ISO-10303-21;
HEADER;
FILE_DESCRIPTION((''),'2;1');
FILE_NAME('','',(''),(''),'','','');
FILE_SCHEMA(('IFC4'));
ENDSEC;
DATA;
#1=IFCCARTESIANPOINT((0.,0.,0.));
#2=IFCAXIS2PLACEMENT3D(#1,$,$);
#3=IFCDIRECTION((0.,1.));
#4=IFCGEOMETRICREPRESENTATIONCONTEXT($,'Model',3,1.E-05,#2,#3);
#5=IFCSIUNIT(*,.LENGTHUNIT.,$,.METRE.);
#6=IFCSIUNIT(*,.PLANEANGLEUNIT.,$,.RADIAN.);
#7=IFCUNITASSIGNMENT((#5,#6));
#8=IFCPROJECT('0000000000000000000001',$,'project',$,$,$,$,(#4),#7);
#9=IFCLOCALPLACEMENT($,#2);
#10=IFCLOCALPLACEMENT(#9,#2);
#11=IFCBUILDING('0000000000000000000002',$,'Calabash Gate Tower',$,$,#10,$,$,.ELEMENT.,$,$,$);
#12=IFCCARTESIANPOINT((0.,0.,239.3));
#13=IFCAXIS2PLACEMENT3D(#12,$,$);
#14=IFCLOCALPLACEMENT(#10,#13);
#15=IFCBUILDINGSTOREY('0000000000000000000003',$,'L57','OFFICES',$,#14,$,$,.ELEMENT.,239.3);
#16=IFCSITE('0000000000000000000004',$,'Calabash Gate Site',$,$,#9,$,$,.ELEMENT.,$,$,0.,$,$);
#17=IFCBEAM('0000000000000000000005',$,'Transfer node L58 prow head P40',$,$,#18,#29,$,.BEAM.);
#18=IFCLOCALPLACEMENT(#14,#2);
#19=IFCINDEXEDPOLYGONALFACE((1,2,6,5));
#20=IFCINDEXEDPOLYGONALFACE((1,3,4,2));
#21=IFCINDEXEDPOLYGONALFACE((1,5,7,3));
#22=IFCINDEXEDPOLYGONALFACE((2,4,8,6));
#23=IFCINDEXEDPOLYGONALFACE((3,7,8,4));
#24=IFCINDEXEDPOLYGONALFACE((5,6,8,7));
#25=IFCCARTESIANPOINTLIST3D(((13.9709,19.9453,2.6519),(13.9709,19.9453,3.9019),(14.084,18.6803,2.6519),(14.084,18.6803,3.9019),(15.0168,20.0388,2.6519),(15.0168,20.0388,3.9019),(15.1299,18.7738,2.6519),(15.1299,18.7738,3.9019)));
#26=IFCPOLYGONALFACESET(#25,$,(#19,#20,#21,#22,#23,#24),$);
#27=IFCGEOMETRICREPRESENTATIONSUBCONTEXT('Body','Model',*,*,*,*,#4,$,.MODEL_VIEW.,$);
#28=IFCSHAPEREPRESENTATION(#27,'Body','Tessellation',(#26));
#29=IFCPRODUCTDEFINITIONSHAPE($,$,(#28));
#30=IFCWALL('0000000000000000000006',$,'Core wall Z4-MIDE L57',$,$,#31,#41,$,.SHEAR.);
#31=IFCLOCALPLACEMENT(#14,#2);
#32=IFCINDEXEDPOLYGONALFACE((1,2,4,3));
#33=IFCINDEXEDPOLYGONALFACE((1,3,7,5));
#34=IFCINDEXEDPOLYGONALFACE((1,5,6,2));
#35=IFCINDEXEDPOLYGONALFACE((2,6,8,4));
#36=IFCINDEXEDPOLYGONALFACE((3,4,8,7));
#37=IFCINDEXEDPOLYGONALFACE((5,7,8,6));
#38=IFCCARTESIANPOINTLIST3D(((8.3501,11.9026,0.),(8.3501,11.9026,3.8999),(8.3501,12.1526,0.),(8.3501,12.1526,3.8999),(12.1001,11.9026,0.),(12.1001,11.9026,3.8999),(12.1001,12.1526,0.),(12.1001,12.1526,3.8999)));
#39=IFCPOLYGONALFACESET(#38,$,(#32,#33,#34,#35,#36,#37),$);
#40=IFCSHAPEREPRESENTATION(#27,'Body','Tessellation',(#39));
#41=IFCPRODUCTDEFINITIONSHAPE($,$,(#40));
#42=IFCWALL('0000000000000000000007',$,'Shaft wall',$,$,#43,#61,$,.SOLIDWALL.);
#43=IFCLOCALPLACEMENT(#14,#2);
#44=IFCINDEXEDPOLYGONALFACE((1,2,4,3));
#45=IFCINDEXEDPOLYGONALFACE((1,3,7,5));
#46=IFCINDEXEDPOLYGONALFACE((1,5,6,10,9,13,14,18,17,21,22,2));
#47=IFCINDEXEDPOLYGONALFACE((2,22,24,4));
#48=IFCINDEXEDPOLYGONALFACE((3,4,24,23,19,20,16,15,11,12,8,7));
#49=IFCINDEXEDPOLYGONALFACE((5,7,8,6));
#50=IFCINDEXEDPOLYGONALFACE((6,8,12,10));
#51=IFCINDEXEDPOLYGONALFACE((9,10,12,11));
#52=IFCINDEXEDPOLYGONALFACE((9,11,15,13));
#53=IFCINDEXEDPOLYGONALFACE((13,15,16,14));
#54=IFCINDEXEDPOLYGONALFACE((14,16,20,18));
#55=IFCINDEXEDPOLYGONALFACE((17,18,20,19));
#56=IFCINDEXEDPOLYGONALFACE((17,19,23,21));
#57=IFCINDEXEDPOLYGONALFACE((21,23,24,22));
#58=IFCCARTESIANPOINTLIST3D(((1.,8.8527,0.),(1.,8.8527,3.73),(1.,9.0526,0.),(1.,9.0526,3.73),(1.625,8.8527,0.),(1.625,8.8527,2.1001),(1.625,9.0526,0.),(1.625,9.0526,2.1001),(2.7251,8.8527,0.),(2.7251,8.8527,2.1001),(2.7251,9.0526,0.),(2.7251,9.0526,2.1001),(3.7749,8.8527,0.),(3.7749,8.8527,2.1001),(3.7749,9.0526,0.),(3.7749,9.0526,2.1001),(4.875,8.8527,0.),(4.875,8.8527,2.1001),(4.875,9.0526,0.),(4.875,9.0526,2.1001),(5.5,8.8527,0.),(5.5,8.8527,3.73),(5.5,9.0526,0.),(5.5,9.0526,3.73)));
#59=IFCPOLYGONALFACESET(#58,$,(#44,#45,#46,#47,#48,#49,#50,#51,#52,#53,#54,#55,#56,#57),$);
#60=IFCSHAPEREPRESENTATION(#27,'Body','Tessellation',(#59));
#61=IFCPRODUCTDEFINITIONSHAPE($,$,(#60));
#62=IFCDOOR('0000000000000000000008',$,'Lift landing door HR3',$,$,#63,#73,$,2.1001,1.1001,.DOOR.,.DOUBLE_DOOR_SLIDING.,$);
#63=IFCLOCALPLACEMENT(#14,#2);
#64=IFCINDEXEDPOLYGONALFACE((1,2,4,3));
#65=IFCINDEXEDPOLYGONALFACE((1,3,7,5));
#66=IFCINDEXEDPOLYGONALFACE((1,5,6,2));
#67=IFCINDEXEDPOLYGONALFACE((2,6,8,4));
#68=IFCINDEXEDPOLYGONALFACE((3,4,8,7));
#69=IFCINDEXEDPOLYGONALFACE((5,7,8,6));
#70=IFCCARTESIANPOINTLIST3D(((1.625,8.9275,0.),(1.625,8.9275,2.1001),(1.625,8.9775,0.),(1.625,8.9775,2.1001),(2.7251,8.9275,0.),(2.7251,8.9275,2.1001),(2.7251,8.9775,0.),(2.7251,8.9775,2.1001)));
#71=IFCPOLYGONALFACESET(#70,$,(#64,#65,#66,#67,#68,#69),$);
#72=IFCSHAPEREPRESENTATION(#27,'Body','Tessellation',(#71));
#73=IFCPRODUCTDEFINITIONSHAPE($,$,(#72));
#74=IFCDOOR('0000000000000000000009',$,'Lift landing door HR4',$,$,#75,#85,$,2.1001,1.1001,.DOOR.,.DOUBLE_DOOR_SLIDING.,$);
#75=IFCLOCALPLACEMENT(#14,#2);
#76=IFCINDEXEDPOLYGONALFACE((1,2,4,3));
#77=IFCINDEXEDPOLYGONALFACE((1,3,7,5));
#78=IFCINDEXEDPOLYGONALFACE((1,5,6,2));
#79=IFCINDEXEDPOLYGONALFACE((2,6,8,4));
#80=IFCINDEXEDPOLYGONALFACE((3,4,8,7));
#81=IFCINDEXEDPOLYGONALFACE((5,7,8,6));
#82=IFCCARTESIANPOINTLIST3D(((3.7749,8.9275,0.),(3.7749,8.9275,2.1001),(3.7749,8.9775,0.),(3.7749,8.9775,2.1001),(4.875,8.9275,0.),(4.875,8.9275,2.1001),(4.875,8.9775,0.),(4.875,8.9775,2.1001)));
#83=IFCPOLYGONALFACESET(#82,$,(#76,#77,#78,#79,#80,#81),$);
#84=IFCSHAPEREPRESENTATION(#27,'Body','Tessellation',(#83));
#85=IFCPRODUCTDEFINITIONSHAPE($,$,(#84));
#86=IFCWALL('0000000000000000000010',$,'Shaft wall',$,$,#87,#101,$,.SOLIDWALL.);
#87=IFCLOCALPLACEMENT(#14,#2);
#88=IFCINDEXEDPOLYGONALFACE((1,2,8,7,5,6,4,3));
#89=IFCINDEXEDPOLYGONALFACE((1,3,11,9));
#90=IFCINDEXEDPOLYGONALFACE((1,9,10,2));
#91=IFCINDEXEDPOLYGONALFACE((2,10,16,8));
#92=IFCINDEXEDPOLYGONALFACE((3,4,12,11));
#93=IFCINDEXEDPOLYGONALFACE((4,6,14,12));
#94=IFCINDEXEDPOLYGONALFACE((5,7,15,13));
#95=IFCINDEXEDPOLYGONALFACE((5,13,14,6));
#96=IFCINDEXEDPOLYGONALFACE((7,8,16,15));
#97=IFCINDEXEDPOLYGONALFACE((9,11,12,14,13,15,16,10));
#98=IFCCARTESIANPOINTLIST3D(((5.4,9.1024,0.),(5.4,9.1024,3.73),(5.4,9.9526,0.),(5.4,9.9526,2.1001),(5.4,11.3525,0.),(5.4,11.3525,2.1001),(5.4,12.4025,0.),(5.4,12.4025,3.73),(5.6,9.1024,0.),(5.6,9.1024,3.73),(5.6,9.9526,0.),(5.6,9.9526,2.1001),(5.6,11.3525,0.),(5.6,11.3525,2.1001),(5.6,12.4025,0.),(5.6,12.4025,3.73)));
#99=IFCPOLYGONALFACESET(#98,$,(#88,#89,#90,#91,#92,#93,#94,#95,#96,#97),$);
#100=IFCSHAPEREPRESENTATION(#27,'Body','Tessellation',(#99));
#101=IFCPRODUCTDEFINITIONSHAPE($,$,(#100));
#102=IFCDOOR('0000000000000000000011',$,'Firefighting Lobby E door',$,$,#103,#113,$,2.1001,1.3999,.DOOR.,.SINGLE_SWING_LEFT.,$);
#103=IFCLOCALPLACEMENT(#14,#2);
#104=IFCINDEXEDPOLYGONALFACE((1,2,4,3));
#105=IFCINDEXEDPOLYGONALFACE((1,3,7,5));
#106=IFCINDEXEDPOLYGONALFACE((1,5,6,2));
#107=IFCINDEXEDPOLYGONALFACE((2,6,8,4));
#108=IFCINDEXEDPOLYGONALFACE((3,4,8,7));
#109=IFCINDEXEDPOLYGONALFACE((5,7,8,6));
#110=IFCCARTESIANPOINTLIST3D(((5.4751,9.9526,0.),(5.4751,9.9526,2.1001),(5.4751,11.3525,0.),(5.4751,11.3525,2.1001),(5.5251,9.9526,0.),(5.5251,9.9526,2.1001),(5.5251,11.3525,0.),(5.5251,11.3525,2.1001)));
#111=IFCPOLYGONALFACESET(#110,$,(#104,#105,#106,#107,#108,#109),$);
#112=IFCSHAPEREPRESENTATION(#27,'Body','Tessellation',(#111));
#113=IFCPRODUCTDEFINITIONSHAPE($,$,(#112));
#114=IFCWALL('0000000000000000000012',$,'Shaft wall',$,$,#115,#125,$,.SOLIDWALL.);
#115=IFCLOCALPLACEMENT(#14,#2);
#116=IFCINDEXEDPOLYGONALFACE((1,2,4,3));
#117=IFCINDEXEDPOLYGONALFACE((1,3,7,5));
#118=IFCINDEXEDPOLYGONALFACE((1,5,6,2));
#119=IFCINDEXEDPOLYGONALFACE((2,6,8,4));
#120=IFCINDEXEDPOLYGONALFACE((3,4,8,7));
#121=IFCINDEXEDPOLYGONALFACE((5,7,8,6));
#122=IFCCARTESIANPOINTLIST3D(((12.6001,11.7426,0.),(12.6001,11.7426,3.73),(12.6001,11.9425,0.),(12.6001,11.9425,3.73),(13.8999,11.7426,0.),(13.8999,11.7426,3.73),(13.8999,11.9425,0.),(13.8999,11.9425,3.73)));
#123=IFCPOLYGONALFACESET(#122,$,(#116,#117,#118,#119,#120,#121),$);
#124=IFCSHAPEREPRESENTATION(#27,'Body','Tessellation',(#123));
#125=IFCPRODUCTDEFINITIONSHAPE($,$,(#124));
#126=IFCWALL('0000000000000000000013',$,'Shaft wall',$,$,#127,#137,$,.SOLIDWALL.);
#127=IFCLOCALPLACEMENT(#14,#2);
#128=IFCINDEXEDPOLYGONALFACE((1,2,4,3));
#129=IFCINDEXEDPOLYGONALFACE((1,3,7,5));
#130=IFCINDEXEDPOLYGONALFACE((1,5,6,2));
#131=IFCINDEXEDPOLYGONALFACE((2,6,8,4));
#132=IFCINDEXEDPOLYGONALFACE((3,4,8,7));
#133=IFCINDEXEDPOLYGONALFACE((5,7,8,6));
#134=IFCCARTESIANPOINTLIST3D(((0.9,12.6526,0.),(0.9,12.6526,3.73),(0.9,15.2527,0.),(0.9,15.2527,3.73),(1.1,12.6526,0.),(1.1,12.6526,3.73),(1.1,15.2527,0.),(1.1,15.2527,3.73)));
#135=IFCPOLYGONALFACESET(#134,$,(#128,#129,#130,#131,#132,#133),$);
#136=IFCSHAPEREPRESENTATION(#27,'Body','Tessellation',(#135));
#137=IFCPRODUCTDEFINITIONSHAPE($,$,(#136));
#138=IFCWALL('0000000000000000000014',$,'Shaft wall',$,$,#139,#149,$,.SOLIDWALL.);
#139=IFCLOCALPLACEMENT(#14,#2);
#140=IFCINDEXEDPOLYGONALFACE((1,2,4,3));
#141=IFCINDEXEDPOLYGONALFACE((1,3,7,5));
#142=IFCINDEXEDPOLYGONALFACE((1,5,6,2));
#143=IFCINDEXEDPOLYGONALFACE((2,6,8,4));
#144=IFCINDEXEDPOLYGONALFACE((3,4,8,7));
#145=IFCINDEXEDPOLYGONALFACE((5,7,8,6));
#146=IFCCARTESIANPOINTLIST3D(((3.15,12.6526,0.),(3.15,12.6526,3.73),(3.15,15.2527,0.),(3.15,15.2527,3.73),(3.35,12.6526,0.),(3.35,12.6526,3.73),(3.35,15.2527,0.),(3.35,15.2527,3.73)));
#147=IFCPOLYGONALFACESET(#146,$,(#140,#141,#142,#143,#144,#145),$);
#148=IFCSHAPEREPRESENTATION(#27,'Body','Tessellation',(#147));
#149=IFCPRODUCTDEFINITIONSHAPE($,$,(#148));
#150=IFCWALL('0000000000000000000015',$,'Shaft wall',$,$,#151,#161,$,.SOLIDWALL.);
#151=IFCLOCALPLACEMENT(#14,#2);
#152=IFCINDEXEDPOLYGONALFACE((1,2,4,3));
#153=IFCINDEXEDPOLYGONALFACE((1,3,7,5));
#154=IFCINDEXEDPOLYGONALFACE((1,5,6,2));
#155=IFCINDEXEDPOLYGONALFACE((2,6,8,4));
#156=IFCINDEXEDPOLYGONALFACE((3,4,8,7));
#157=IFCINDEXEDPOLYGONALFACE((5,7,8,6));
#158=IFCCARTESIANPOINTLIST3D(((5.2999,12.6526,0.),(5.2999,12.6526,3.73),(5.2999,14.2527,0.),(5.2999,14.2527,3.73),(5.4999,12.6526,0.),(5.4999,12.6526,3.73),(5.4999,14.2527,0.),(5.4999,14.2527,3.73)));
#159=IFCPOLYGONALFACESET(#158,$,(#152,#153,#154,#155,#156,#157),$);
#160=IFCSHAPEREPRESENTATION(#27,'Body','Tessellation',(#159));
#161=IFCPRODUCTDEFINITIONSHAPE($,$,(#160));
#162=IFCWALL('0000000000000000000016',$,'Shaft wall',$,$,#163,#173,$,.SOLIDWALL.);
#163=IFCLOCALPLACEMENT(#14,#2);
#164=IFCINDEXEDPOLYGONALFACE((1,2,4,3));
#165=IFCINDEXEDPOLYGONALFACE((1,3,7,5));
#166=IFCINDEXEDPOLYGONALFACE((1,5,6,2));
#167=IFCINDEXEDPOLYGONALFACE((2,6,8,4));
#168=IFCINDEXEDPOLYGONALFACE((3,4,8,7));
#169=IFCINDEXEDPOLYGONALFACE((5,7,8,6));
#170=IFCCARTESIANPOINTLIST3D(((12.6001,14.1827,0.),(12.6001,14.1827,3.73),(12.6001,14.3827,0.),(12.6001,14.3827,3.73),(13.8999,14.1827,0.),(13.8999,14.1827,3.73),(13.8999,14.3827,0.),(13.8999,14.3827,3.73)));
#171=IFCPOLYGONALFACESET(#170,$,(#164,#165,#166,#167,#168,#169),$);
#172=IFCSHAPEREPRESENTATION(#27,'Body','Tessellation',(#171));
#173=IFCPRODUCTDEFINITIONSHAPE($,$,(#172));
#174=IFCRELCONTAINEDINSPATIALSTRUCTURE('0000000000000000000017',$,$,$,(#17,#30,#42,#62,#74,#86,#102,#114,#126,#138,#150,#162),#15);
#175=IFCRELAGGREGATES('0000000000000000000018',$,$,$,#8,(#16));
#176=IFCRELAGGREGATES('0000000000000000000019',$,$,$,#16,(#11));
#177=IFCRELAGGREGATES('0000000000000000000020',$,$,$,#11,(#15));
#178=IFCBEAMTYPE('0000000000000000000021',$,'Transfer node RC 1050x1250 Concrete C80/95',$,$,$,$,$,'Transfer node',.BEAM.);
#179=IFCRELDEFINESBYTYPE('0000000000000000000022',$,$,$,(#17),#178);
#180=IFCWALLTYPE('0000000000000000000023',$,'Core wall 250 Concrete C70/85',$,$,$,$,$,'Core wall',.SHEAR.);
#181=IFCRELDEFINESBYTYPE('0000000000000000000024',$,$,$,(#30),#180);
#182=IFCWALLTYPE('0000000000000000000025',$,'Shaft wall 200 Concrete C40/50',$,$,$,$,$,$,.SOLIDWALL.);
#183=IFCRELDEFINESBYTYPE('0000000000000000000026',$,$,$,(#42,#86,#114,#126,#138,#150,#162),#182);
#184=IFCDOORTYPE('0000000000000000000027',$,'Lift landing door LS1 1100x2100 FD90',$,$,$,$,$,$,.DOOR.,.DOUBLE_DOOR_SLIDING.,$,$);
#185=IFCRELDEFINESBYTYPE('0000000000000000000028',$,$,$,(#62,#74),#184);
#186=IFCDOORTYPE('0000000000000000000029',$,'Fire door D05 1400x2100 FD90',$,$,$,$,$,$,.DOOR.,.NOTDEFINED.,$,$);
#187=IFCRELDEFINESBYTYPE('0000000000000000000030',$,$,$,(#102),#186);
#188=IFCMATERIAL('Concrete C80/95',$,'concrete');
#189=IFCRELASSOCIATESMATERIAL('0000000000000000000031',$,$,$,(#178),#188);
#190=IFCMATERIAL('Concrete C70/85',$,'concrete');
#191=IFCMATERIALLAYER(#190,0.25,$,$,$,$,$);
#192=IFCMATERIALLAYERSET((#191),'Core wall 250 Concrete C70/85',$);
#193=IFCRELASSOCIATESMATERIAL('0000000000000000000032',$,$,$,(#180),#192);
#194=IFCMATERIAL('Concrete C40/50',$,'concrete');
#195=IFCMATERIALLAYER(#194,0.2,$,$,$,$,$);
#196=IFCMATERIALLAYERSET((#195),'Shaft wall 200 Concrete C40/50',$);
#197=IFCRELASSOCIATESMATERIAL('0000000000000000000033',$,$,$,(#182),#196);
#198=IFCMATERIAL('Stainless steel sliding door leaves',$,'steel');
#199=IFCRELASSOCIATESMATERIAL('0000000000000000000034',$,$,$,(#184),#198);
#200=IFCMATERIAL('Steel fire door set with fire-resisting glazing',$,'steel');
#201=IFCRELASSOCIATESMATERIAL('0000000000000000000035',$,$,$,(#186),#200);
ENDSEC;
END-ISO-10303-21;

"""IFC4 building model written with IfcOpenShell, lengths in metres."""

from ifc_helpers import new_model, si_unit, direction, frame, frame_2d, origin, origin_2d, place, context, subcontext, project, spatial, rectangle, extrude, material, layer, layer_set, material_profile, profile_set, type_object, element, fill, save


model = new_model("IFC4")

# Units and contexts
model_context = context("Model", 3, precision=1e-05, world=origin(), true_north=direction((0.0, 1.0)))
body_context = subcontext(model_context, "Body", "Model", "MODEL_VIEW")
ifc_project = project(units=[si_unit("LENGTHUNIT", "METRE"), si_unit("PLANEANGLEUNIT", "RADIAN")], contexts=[model_context])

# Site, building, storey
site_placement = place(None, origin())
site = spatial("IfcSite", under=ifc_project, at=site_placement, Name="Calabash Gate Site", CompositionType="ELEMENT", RefElevation=0.0)
building_placement = place(site_placement, origin())
building = spatial("IfcBuilding", under=site, at=building_placement, Name="Calabash Gate Tower", CompositionType="ELEMENT")
storey_placement = place(building_placement, frame((0.0, 0.0, 239.3)))
storey = spatial("IfcBuildingStorey", under=building, at=storey_placement, Name="L57", Description="OFFICES", CompositionType="ELEMENT", Elevation=239.3)

# Beam
ifc_material_1 = material(Name="Concrete C80/95", Category="concrete")
ifc_material_profile = material_profile(ifc_material_1, rectangle(XDim=1.05, YDim=1.25, at=origin_2d()))
ifc_profile_set = profile_set([ifc_material_profile], Name="Concrete C80/95")
beam_type = type_object("IfcBeamType", Name="Transfer node RC 1050x1250 Concrete C80/95", ElementType="Transfer node", PredefinedType="BEAM", material=ifc_profile_set)
beam_placement = place(storey_placement, frame((14.6069, 18.7271, 3.2769), z_axis=(-0.08901, 0.996031, 0.0), x_axis=(-0.996031, -0.08901, 0.0)))
element("IfcBeam", 1, at=beam_placement, inside=storey, type_object=beam_type, Name="Transfer node L58 prow head P40", PredefinedType="BEAM", context=body_context, shape_type="SweptSolid", body=[
    extrude(rectangle(XDim=1.05, YDim=1.25, at=origin_2d()), origin(), (0.0, 0.0, 1.0), 1.27),
])

# Wall
ifc_material_2 = material(Name="Concrete C70/85", Category="concrete")
ifc_layer_1 = layer(ifc_material_2, 0.25)
ifc_layer_set_1 = layer_set([ifc_layer_1], Name="Core wall 250 Concrete C70/85")
wall_type_1 = type_object("IfcWallType", Name="Core wall 250 Concrete C70/85", ElementType="Core wall", PredefinedType="SHEAR", material=ifc_layer_set_1)
wall_1_placement = place(storey_placement, frame((8.3501, 12.0276, 0.0), z_axis=(0.0, 0.0, 1.0), x_axis=(1.0, 0.0, 0.0)))
element("IfcWall", 2, at=wall_1_placement, inside=storey, type_object=wall_type_1, Name="Core wall Z4-MIDE L57", PredefinedType="SHEAR", context=body_context, shape_type="SweptSolid", body=[
    extrude(rectangle(XDim=3.75, YDim=0.25, at=frame_2d((1.875, 0.0))), origin(), (0.0, 0.0, 1.0), 3.8999),
])

# Wall, openings, doors
ifc_material_3 = material(Name="Concrete C40/50", Category="concrete")
ifc_layer_2 = layer(ifc_material_3, 0.2)
ifc_layer_set_2 = layer_set([ifc_layer_2], Name="Shaft wall 200 Concrete C40/50")
wall_type_2 = type_object("IfcWallType", Name="Shaft wall 200 Concrete C40/50", PredefinedType="SOLIDWALL", material=ifc_layer_set_2)
wall_2_placement = place(storey_placement, frame((1.0, 8.9526, 0.0), z_axis=(0.0, 0.0, 1.0), x_axis=(1.0, 0.0, 0.0)))
wall_2 = element("IfcWall", 3, at=wall_2_placement, inside=storey, type_object=wall_type_2, Name="Shaft wall", PredefinedType="SOLIDWALL", context=body_context, shape_type="SweptSolid", body=[
    extrude(rectangle(XDim=4.5, YDim=0.2, at=frame_2d((2.25, 0.0))), origin(), (0.0, 0.0, 1.0), 3.73),
])
opening_1_placement = place(wall_2_placement, frame((0.625, 0.0, 0.0)))
opening_1 = element("IfcOpeningElement", 4, at=opening_1_placement, cuts=wall_2, PredefinedType="OPENING", context=body_context, shape_type="SweptSolid", body=[
    extrude(rectangle(XDim=1.1001, YDim=2.1001, at=frame_2d((0.55, 1.05))), frame((0.0, 0.1099, 0.0), z_axis=(0.0, -1.0, 0.0), x_axis=(1.0, 0.0, 0.0)), (0.0, 0.0, 1.0), 0.22),
])
opening_2_placement = place(wall_2_placement, frame((2.7749, 0.0, 0.0)))
opening_2 = element("IfcOpeningElement", 5, at=opening_2_placement, cuts=wall_2, PredefinedType="OPENING", context=body_context, shape_type="SweptSolid", body=[
    extrude(rectangle(XDim=1.1001, YDim=2.1001, at=frame_2d((0.55, 1.05))), frame((0.0, 0.1099, 0.0), z_axis=(0.0, -1.0, 0.0), x_axis=(1.0, 0.0, 0.0)), (0.0, 0.0, 1.0), 0.22),
])
ifc_material_4 = material(Name="Stainless steel sliding door leaves", Category="steel")
door_type_1 = type_object("IfcDoorType", Name="Lift landing door LS1 1100x2100 FD90", OperationType="DOUBLE_DOOR_SLIDING", PredefinedType="DOOR", material=ifc_material_4)
door_1_placement = place(opening_1_placement, origin())
door_1 = element("IfcDoor", 6, at=door_1_placement, inside=storey, type_object=door_type_1, Name="Lift landing door HR3", OperationType="DOUBLE_DOOR_SLIDING", OverallHeight=2.1001, OverallWidth=1.1001, PredefinedType="DOOR", context=body_context, shape_type="SweptSolid", body=[
    extrude(rectangle(XDim=1.1001, YDim=2.1001, at=frame_2d((0.55, 1.05))), frame((0.0, 0.0249, 0.0), z_axis=(0.0, -1.0, 0.0), x_axis=(1.0, 0.0, 0.0)), (0.0, 0.0, 1.0), 0.05),
])
fill(opening_1, door_1)
door_2_placement = place(opening_2_placement, origin())
door_2 = element("IfcDoor", 7, at=door_2_placement, inside=storey, type_object=door_type_1, Name="Lift landing door HR4", OperationType="DOUBLE_DOOR_SLIDING", OverallHeight=2.1001, OverallWidth=1.1001, PredefinedType="DOOR", context=body_context, shape_type="SweptSolid", body=[
    extrude(rectangle(XDim=1.1001, YDim=2.1001, at=frame_2d((0.55, 1.05))), frame((0.0, 0.0249, 0.0), z_axis=(0.0, -1.0, 0.0), x_axis=(1.0, 0.0, 0.0)), (0.0, 0.0, 1.0), 0.05),
])
fill(opening_2, door_2)

# Wall, opening, door
wall_3_placement = place(storey_placement, frame((5.5, 9.1025, 0.0), z_axis=(0.0, 0.0, 1.0), x_axis=(0.0, 1.0, 0.0)))
wall_3 = element("IfcWall", 8, at=wall_3_placement, inside=storey, type_object=wall_type_2, Name="Shaft wall", PredefinedType="SOLIDWALL", context=body_context, shape_type="SweptSolid", body=[
    extrude(rectangle(XDim=3.3, YDim=0.2, at=frame_2d((1.6499, 0.0))), origin(), (0.0, 0.0, 1.0), 3.73),
])
opening_3_placement = place(wall_3_placement, frame((0.8501, 0.0, 0.0)))
opening_3 = element("IfcOpeningElement", 9, at=opening_3_placement, cuts=wall_3, PredefinedType="OPENING", context=body_context, shape_type="SweptSolid", body=[
    extrude(rectangle(XDim=1.3999, YDim=2.1001, at=frame_2d((0.7, 1.05))), frame((0.0, 0.1099, 0.0), z_axis=(0.0, -1.0, 0.0), x_axis=(1.0, 0.0, 0.0)), (0.0, 0.0, 1.0), 0.22),
])
ifc_material_5 = material(Name="Steel fire door set with fire-resisting glazing", Category="steel")
door_type_2 = type_object("IfcDoorType", Name="Fire door D05 1400x2100 FD90", OperationType="NOTDEFINED", PredefinedType="DOOR", material=ifc_material_5)
door_3_placement = place(opening_3_placement, origin())
door_3 = element("IfcDoor", 10, at=door_3_placement, inside=storey, type_object=door_type_2, Name="Firefighting Lobby E door", OperationType="SINGLE_SWING_LEFT", OverallHeight=2.1001, OverallWidth=1.3999, PredefinedType="DOOR", context=body_context, shape_type="SweptSolid", body=[
    extrude(rectangle(XDim=1.3999, YDim=2.1001, at=frame_2d((0.7, 1.05))), frame((0.0, 0.0249, 0.0), z_axis=(0.0, -1.0, 0.0), x_axis=(1.0, 0.0, 0.0)), (0.0, 0.0, 1.0), 0.05),
])
fill(opening_3, door_3)

# Walls
wall_4_placement = place(storey_placement, frame((12.6001, 11.8425, 0.0), z_axis=(0.0, 0.0, 1.0), x_axis=(1.0, 0.0, 0.0)))
element("IfcWall", 11, at=wall_4_placement, inside=storey, type_object=wall_type_2, Name="Shaft wall", PredefinedType="SOLIDWALL", context=body_context, shape_type="SweptSolid", body=[
    extrude(rectangle(XDim=1.2998, YDim=0.2, at=frame_2d((0.6499, 0.0))), origin(), (0.0, 0.0, 1.0), 3.73),
])
for number, where, z_axis, x_axis, name in (
    (12, (1.0, 12.6526, 0.0), (0.0, 0.0, 1.0), (0.0, 1.0, 0.0), "Shaft wall"),
    (13, (3.25, 12.6526, 0.0), (0.0, 0.0, 1.0), (0.0, 1.0, 0.0), "Shaft wall"),
):
    element("IfcWall", number, at=place(storey_placement, frame(where, z_axis=z_axis, x_axis=x_axis)), inside=storey, type_object=wall_type_2, Name=name, PredefinedType="SOLIDWALL", context=body_context, shape_type="SweptSolid", body=[
        extrude(rectangle(XDim=2.6001, YDim=0.2, at=frame_2d((1.3, 0.0))), origin(), (0.0, 0.0, 1.0), 3.73),
    ])
wall_5_placement = place(storey_placement, frame((5.3999, 12.6526, 0.0), z_axis=(0.0, 0.0, 1.0), x_axis=(0.0, 1.0, 0.0)))
element("IfcWall", 14, at=wall_5_placement, inside=storey, type_object=wall_type_2, Name="Shaft wall", PredefinedType="SOLIDWALL", context=body_context, shape_type="SweptSolid", body=[
    extrude(rectangle(XDim=1.6001, YDim=0.2, at=frame_2d((0.8, 0.0))), origin(), (0.0, 0.0, 1.0), 3.73),
])
wall_6_placement = place(storey_placement, frame((12.6001, 14.2827, 0.0), z_axis=(0.0, 0.0, 1.0), x_axis=(1.0, 0.0, 0.0)))
element("IfcWall", 15, at=wall_6_placement, inside=storey, type_object=wall_type_2, Name="Shaft wall", PredefinedType="SOLIDWALL", context=body_context, shape_type="SweptSolid", body=[
    extrude(rectangle(XDim=1.2998, YDim=0.2, at=frame_2d((0.6499, 0.0))), origin(), (0.0, 0.0, 1.0), 3.73),
])

save(model, "model.ifc")
